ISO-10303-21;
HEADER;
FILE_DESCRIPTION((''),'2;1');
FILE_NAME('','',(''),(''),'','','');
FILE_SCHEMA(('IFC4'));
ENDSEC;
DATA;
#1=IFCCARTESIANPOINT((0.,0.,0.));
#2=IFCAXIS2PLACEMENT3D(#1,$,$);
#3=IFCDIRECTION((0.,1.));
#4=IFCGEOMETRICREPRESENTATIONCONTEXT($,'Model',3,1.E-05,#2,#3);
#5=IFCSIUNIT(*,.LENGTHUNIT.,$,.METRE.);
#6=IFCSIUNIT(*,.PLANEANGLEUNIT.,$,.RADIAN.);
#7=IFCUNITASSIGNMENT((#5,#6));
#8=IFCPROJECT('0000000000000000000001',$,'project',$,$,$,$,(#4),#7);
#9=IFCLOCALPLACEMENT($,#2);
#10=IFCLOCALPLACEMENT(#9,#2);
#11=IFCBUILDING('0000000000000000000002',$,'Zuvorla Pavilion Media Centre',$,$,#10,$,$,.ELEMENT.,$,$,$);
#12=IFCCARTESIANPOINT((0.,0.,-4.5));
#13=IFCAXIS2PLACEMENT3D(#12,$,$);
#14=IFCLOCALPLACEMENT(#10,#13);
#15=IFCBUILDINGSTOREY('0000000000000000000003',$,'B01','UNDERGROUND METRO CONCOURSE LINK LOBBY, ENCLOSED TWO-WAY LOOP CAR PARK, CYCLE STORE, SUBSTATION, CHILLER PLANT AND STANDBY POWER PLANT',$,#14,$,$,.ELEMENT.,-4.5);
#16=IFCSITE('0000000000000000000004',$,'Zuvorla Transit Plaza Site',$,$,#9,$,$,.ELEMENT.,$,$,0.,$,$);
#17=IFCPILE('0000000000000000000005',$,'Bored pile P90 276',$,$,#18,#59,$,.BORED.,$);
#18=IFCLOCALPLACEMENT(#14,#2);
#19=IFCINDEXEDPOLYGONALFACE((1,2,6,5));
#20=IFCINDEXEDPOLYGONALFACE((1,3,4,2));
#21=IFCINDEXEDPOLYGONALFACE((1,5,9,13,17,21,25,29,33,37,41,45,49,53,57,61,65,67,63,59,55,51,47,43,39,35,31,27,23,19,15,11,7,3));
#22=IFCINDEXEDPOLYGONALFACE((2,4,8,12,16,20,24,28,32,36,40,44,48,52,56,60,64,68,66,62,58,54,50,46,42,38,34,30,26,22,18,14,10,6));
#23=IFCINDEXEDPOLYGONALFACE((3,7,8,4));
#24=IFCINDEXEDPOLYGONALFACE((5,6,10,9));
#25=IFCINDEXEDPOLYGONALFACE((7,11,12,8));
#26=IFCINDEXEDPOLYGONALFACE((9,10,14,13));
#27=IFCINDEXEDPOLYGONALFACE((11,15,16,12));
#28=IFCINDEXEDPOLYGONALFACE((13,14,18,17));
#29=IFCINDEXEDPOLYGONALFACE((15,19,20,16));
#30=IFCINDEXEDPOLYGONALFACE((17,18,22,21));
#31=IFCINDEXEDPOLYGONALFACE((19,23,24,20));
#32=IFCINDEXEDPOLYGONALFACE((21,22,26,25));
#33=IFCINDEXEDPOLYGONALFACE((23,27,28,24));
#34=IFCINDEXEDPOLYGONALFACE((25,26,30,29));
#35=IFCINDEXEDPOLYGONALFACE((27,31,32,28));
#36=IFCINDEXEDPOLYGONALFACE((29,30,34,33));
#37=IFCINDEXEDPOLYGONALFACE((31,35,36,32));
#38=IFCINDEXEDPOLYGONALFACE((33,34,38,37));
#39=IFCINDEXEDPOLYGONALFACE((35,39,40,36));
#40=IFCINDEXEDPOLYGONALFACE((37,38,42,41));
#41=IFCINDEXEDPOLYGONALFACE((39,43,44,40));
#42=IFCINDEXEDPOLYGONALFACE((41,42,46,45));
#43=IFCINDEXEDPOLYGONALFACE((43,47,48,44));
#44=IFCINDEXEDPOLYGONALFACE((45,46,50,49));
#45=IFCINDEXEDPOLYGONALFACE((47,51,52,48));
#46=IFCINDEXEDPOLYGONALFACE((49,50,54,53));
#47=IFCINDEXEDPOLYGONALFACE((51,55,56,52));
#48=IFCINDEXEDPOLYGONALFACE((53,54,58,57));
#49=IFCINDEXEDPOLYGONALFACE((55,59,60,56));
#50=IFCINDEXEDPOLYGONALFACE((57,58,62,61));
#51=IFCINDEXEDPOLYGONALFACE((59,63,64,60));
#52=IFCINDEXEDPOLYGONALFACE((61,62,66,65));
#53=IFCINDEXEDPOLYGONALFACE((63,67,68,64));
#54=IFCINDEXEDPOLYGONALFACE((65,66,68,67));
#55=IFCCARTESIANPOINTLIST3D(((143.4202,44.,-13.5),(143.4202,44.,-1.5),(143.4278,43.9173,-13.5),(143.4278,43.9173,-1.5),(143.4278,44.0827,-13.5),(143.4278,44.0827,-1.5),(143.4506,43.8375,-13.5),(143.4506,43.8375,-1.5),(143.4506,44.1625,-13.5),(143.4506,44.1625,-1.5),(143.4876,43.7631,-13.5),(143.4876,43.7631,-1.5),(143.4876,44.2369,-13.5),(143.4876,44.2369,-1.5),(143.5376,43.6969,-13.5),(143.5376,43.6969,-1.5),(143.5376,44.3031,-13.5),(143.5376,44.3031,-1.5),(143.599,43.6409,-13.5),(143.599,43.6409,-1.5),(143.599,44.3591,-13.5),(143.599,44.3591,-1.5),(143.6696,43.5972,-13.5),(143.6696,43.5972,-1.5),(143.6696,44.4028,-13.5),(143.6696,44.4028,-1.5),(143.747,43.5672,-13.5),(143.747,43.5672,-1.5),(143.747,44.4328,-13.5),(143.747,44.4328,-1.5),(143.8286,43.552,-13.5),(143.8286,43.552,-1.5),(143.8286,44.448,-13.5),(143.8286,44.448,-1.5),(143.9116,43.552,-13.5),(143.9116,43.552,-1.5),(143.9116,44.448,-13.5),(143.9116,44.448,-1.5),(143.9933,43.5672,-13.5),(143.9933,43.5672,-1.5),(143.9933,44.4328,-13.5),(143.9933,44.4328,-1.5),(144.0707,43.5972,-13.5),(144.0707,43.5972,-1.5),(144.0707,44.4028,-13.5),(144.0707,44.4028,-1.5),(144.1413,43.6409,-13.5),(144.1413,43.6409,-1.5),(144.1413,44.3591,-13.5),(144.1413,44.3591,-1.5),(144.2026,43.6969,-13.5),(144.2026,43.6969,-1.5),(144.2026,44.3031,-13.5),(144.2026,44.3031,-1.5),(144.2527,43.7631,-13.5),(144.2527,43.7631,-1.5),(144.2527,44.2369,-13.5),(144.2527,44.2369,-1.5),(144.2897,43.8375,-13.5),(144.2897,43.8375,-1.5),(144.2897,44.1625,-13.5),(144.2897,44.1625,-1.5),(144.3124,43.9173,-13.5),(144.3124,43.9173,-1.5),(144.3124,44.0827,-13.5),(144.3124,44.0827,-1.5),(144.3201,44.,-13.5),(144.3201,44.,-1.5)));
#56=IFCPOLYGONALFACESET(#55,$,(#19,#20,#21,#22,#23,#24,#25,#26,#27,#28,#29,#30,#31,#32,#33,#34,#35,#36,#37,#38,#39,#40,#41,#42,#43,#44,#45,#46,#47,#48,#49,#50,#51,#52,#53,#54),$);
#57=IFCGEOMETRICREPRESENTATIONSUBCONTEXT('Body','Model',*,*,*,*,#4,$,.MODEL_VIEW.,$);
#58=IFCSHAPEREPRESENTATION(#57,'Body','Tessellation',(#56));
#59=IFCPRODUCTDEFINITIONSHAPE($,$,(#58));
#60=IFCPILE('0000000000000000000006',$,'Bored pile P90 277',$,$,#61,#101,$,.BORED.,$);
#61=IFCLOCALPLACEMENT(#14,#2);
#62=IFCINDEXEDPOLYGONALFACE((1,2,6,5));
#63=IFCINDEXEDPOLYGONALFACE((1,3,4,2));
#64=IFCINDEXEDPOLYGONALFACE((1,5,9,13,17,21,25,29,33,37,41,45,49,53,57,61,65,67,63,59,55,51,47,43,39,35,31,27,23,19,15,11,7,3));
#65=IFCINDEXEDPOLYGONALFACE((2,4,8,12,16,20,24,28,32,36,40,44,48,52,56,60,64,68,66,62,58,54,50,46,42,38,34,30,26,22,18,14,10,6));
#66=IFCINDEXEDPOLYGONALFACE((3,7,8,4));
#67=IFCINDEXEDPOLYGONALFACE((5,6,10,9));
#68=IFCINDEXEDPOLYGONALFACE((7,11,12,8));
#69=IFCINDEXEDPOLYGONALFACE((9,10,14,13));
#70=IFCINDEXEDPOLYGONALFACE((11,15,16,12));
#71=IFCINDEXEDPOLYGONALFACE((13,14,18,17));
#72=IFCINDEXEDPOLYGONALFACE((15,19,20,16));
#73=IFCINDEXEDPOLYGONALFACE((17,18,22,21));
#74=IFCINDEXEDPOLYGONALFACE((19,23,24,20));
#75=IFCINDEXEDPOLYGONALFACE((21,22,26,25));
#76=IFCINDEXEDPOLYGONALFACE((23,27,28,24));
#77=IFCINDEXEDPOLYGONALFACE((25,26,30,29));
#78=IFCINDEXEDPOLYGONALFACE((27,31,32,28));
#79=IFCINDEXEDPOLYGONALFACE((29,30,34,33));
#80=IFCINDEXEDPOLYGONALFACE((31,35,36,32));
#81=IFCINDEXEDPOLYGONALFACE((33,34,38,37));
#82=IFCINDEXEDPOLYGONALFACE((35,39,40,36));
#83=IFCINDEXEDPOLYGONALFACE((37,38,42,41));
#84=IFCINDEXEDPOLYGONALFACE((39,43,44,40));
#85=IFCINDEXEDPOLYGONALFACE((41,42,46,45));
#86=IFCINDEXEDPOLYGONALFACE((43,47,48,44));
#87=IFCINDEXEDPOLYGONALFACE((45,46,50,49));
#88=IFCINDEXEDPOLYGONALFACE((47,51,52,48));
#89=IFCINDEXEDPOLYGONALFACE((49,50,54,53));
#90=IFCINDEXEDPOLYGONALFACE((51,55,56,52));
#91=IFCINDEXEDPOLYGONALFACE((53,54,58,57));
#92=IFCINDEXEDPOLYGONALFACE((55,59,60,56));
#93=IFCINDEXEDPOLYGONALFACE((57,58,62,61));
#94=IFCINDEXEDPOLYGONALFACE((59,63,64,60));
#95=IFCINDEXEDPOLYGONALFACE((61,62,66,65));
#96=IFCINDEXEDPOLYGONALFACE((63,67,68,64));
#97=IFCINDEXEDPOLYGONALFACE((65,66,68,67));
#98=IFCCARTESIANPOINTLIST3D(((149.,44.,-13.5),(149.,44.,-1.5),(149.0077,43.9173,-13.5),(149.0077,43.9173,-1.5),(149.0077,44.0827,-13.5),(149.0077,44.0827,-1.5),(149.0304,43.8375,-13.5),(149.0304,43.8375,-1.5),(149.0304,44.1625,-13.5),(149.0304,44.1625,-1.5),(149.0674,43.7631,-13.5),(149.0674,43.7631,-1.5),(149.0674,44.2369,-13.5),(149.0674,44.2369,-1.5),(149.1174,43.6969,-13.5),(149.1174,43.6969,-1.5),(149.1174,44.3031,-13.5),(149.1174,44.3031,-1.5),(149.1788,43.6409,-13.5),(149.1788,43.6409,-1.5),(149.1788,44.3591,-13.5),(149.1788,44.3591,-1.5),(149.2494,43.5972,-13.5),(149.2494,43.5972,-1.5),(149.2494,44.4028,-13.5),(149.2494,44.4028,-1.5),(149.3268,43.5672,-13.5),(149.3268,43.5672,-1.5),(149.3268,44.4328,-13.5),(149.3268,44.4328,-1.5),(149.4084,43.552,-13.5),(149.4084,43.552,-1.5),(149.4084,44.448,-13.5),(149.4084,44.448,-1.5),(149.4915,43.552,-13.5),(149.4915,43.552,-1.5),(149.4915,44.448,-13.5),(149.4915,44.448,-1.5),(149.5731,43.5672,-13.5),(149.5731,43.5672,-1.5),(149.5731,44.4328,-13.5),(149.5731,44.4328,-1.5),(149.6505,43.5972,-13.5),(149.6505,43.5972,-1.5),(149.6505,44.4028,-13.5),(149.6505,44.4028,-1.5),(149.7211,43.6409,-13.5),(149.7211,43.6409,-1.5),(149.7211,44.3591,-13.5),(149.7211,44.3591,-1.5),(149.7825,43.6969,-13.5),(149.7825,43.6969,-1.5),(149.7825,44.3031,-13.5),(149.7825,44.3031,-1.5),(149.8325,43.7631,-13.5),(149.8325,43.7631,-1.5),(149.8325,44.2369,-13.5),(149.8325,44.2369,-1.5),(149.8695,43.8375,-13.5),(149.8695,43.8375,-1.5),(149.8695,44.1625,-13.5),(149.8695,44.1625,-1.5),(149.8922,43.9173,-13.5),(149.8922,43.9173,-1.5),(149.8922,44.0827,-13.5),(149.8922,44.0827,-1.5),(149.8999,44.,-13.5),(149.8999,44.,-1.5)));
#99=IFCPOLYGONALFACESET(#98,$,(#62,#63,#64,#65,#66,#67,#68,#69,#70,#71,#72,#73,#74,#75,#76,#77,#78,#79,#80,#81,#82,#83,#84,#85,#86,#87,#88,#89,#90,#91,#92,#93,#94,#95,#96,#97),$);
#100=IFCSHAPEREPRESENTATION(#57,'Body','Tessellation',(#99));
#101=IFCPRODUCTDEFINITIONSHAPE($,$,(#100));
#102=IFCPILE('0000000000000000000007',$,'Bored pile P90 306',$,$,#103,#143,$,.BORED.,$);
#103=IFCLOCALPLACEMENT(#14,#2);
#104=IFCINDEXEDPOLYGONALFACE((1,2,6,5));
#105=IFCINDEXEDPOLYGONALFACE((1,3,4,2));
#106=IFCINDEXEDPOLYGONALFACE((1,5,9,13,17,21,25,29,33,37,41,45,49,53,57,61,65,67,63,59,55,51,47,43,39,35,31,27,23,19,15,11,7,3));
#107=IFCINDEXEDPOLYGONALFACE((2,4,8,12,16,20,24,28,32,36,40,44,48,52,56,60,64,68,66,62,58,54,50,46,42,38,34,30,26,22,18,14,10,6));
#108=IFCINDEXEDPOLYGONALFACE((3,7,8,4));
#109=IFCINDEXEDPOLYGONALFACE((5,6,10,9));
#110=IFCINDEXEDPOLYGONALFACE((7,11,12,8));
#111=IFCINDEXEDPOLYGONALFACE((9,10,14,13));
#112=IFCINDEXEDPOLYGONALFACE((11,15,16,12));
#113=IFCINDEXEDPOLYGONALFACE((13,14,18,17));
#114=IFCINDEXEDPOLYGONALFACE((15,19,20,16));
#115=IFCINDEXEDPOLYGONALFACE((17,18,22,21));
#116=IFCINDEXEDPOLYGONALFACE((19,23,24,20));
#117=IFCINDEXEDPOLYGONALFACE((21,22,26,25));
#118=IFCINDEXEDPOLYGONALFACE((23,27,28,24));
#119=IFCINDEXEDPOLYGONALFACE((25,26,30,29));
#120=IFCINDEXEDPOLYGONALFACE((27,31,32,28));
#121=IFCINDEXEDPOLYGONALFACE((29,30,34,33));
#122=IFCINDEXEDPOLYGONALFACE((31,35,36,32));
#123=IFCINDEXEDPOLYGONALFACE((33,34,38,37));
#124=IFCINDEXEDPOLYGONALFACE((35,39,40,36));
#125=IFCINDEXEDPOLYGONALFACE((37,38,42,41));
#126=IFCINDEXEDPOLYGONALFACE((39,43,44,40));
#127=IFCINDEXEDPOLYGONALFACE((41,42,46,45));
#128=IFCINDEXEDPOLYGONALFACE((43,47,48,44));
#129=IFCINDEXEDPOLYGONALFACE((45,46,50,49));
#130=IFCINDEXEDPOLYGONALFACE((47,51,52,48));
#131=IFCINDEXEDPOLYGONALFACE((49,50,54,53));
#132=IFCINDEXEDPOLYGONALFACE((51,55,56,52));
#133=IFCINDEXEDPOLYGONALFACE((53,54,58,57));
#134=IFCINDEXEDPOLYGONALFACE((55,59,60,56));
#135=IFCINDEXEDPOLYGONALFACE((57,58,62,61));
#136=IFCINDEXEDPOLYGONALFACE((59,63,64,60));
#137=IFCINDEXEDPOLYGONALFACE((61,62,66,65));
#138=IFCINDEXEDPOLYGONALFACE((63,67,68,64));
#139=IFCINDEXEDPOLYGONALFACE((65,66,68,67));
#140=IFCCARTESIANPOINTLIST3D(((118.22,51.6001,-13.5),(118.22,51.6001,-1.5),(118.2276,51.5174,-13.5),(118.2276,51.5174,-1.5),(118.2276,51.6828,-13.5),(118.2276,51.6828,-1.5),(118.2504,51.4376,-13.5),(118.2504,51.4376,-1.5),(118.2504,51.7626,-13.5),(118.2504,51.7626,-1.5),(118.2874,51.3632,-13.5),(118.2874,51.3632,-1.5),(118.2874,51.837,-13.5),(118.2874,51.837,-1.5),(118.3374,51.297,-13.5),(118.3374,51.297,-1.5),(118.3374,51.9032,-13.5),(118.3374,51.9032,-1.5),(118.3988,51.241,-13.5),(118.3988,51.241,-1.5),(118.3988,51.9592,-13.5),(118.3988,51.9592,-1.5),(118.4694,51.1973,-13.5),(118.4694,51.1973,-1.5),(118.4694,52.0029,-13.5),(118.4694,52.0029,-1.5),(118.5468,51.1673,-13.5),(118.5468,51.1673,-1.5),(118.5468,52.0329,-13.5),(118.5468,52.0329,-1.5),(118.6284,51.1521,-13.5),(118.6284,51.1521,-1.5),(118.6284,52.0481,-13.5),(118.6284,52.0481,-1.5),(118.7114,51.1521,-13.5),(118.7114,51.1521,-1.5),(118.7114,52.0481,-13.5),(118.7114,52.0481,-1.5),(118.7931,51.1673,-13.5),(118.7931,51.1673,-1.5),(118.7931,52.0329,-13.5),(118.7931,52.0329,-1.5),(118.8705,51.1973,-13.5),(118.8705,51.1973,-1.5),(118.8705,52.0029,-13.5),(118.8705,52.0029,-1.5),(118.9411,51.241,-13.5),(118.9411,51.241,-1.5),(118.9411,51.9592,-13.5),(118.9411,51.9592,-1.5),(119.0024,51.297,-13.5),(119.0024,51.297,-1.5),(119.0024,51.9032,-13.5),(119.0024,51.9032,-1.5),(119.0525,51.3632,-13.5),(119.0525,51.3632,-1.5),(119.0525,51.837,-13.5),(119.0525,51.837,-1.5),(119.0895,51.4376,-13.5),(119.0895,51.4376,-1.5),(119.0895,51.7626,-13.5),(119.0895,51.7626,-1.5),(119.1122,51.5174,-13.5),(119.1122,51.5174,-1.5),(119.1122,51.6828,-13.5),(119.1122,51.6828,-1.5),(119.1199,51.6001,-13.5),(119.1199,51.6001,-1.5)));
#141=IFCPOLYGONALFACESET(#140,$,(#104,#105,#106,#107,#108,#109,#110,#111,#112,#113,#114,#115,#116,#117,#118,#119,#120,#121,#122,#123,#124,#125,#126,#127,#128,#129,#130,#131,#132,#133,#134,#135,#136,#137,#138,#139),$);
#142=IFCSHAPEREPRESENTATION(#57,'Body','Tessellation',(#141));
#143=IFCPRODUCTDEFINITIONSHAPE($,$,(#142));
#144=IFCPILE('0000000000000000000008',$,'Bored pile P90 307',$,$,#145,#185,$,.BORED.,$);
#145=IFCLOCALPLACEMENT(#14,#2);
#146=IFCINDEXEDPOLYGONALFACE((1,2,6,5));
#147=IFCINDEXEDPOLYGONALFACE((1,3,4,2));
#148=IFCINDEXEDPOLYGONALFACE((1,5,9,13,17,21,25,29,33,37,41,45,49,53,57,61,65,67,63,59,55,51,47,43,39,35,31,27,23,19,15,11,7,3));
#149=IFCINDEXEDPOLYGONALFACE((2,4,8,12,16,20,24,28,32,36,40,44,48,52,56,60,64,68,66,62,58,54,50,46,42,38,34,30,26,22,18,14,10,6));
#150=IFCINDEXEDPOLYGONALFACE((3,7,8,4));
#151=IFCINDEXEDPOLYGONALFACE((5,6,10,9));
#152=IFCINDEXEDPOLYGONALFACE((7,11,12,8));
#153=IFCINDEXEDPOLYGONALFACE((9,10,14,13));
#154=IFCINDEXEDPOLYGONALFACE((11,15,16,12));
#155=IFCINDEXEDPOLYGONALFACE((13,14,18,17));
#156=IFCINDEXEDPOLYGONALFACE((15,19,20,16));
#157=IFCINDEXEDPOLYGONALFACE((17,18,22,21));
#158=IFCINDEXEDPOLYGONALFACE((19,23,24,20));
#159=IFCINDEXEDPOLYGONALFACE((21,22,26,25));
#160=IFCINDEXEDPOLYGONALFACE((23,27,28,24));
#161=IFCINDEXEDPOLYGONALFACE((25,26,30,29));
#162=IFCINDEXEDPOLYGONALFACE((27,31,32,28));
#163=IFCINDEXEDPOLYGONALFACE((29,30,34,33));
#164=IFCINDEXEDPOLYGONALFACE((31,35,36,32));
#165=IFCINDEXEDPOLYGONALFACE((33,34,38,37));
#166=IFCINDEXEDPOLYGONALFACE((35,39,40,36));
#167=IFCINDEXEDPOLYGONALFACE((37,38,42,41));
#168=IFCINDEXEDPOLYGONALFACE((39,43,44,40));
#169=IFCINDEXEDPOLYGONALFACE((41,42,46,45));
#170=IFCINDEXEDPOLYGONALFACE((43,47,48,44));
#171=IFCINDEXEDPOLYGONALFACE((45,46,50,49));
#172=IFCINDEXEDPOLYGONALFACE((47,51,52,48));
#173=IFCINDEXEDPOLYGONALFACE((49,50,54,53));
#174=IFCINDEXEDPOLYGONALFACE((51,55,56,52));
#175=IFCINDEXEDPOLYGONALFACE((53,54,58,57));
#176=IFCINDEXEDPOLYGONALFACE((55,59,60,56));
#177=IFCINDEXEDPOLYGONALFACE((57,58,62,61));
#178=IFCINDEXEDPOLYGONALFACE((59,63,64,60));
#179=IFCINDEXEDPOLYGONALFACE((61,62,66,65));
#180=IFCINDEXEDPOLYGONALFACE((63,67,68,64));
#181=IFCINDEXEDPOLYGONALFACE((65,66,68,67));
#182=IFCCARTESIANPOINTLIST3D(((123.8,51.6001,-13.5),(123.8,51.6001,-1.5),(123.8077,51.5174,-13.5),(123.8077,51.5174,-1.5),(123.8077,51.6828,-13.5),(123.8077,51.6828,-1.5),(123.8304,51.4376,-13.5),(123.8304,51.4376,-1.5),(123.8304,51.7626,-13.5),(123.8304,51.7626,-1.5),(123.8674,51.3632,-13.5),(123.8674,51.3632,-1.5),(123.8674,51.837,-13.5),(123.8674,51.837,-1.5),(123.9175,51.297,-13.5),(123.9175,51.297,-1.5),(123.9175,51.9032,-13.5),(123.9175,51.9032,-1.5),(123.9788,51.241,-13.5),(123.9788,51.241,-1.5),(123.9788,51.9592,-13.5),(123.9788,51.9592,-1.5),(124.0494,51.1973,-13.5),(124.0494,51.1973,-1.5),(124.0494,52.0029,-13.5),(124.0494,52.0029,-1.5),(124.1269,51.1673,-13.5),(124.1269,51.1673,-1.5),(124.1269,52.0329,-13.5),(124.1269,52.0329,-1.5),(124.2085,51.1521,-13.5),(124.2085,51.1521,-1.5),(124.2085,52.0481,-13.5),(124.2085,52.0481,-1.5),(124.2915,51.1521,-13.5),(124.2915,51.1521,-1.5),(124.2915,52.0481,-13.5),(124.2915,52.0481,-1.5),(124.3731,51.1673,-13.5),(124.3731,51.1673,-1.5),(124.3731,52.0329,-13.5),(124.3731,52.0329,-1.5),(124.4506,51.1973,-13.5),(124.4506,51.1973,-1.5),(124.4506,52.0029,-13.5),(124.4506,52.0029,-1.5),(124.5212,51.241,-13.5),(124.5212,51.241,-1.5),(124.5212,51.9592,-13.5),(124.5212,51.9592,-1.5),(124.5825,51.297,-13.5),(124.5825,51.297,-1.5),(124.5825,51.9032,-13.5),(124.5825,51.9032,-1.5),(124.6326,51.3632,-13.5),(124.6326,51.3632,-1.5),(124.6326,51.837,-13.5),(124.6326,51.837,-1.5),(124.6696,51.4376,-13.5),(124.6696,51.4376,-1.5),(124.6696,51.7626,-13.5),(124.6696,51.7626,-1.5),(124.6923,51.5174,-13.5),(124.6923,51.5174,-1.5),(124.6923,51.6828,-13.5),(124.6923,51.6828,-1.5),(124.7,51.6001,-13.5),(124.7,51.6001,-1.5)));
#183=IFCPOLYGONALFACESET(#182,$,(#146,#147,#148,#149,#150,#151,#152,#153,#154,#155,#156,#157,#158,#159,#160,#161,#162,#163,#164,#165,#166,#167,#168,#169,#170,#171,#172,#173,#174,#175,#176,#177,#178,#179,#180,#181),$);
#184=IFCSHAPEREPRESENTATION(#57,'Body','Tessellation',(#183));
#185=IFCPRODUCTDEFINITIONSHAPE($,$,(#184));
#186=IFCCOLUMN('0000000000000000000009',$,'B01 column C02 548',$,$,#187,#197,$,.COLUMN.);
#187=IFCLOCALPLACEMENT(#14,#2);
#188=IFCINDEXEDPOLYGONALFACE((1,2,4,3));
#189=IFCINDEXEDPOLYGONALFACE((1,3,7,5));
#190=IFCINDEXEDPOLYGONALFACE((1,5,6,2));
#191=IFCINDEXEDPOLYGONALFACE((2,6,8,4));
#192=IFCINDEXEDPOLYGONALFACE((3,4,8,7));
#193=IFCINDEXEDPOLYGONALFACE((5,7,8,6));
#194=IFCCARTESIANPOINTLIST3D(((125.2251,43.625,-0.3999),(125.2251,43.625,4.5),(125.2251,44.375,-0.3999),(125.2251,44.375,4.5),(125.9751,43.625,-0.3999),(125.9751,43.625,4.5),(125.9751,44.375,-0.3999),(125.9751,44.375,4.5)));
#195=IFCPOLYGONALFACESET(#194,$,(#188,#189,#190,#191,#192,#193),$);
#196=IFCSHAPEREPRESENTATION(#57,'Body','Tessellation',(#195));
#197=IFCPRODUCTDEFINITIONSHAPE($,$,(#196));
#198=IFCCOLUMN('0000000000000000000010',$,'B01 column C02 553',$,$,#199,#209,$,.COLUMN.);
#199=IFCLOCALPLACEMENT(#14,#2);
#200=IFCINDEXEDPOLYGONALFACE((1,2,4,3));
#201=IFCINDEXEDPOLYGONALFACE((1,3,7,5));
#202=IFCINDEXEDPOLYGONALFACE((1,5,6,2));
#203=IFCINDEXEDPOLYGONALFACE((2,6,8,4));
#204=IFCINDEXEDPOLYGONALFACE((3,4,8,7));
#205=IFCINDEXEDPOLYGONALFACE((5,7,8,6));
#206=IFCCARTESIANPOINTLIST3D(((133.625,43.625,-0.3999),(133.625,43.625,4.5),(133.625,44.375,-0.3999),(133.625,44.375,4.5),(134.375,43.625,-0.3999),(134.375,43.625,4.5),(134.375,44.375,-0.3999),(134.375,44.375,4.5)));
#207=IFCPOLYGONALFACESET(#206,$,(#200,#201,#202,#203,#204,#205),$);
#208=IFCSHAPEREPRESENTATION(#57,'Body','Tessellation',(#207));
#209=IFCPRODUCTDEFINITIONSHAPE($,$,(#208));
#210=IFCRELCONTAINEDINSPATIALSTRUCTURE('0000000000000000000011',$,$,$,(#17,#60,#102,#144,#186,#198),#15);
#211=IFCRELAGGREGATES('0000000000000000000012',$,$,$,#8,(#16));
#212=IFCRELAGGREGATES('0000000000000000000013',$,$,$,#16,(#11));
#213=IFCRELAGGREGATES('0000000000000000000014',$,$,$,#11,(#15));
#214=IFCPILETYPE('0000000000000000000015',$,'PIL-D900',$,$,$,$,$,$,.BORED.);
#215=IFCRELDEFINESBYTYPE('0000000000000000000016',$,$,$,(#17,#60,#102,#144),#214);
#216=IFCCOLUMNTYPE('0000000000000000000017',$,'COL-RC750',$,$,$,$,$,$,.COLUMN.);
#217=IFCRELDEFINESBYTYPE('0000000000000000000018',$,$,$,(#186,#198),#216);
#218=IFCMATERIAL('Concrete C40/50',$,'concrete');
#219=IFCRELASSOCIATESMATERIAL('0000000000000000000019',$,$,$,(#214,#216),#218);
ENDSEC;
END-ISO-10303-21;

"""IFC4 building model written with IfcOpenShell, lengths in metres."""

from ifc_helpers import new_model, si_unit, direction, frame, origin, origin_2d, place, context, subcontext, project, spatial, rectangle, circle, extrude, material, material_profile, profile_set, type_object, element, save


model = new_model("IFC4")

# Units and contexts
model_context = context("Model", 3, precision=1e-05, world=origin(), true_north=direction((0.0, 1.0)))
body_context = subcontext(model_context, "Body", "Model", "MODEL_VIEW")
ifc_project = project(units=[si_unit("LENGTHUNIT", "METRE"), si_unit("PLANEANGLEUNIT", "RADIAN")], contexts=[model_context])

# Site, building, storey
site_placement = place(None, origin())
site = spatial("IfcSite", under=ifc_project, at=site_placement, Name="Zuvorla Transit Plaza Site", CompositionType="ELEMENT", RefElevation=0.0)
building_placement = place(site_placement, origin())
building = spatial("IfcBuilding", under=site, at=building_placement, Name="Zuvorla Pavilion Media Centre", CompositionType="ELEMENT")
storey_placement = place(building_placement, frame((0.0, 0.0, -4.5)))
storey = spatial("IfcBuildingStorey", under=building, at=storey_placement, Name="B01", Description="UNDERGROUND METRO CONCOURSE LINK LOBBY, ENCLOSED TWO-WAY LOOP CAR PARK, CYCLE STORE, SUBSTATION, CHILLER PLANT AND STANDBY POWER PLANT", CompositionType="ELEMENT", Elevation=-4.5)

# Shared definitions
ifc_material = material(Name="Concrete C40/50", Category="concrete")

# Piles
ifc_material_profile_1 = material_profile(ifc_material, circle(Radius=0.45, at=origin_2d()), Name="BORED PILE 900")
ifc_profile_set_1 = profile_set([ifc_material_profile_1], Name="Concrete C40/50")
pile_type = type_object("IfcPileType", Name="PIL-D900", PredefinedType="BORED", material=ifc_profile_set_1)
for number, where, z_axis, x_axis, name in (
    (1, (143.8701, 44.0, -1.5), (0.0, 0.0, -1.0), (1.0, 0.0, 0.0), "Bored pile P90 276"),
    (2, (149.45, 44.0, -1.5), (0.0, 0.0, -1.0), (1.0, 0.0, 0.0), "Bored pile P90 277"),
    (3, (118.6699, 51.6001, -1.5), (0.0, 0.0, -1.0), (1.0, 0.0, 0.0), "Bored pile P90 306"),
    (4, (124.25, 51.6001, -1.5), (0.0, 0.0, -1.0), (1.0, 0.0, 0.0), "Bored pile P90 307"),
):
    element("IfcPile", number, at=place(storey_placement, frame(where, z_axis=z_axis, x_axis=x_axis)), inside=storey, type_object=pile_type, Name=name, PredefinedType="BORED", context=body_context, shape_type="SweptSolid", body=[
        extrude(circle(Radius=0.45, at=origin_2d()), origin(), (0.0, 0.0, 1.0), 12.0),
    ])

# Columns
ifc_material_profile_2 = material_profile(ifc_material, rectangle(XDim=0.75, YDim=0.75, at=origin_2d()), Name="RC 750x750")
ifc_profile_set_2 = profile_set([ifc_material_profile_2], Name="Concrete C40/50")
column_type = type_object("IfcColumnType", Name="COL-RC750", PredefinedType="COLUMN", material=ifc_profile_set_2)
for number, where, z_axis, x_axis, name in (
    (5, (125.6001, 44.0, -0.3999), (0.0, 0.0, 1.0), (1.0, 0.0, 0.0), "B01 column C02 548"),
    (6, (134.0, 44.0, -0.3999), (0.0, 0.0, 1.0), (1.0, 0.0, 0.0), "B01 column C02 553"),
):
    element("IfcColumn", number, at=place(storey_placement, frame(where, z_axis=z_axis, x_axis=x_axis)), inside=storey, type_object=column_type, Name=name, PredefinedType="COLUMN", context=body_context, shape_type="SweptSolid", body=[
        extrude(rectangle(XDim=0.75, YDim=0.75, at=origin_2d()), origin(), (0.0, 0.0, 1.0), 4.8999),
    ])

save(model, "model.ifc")
